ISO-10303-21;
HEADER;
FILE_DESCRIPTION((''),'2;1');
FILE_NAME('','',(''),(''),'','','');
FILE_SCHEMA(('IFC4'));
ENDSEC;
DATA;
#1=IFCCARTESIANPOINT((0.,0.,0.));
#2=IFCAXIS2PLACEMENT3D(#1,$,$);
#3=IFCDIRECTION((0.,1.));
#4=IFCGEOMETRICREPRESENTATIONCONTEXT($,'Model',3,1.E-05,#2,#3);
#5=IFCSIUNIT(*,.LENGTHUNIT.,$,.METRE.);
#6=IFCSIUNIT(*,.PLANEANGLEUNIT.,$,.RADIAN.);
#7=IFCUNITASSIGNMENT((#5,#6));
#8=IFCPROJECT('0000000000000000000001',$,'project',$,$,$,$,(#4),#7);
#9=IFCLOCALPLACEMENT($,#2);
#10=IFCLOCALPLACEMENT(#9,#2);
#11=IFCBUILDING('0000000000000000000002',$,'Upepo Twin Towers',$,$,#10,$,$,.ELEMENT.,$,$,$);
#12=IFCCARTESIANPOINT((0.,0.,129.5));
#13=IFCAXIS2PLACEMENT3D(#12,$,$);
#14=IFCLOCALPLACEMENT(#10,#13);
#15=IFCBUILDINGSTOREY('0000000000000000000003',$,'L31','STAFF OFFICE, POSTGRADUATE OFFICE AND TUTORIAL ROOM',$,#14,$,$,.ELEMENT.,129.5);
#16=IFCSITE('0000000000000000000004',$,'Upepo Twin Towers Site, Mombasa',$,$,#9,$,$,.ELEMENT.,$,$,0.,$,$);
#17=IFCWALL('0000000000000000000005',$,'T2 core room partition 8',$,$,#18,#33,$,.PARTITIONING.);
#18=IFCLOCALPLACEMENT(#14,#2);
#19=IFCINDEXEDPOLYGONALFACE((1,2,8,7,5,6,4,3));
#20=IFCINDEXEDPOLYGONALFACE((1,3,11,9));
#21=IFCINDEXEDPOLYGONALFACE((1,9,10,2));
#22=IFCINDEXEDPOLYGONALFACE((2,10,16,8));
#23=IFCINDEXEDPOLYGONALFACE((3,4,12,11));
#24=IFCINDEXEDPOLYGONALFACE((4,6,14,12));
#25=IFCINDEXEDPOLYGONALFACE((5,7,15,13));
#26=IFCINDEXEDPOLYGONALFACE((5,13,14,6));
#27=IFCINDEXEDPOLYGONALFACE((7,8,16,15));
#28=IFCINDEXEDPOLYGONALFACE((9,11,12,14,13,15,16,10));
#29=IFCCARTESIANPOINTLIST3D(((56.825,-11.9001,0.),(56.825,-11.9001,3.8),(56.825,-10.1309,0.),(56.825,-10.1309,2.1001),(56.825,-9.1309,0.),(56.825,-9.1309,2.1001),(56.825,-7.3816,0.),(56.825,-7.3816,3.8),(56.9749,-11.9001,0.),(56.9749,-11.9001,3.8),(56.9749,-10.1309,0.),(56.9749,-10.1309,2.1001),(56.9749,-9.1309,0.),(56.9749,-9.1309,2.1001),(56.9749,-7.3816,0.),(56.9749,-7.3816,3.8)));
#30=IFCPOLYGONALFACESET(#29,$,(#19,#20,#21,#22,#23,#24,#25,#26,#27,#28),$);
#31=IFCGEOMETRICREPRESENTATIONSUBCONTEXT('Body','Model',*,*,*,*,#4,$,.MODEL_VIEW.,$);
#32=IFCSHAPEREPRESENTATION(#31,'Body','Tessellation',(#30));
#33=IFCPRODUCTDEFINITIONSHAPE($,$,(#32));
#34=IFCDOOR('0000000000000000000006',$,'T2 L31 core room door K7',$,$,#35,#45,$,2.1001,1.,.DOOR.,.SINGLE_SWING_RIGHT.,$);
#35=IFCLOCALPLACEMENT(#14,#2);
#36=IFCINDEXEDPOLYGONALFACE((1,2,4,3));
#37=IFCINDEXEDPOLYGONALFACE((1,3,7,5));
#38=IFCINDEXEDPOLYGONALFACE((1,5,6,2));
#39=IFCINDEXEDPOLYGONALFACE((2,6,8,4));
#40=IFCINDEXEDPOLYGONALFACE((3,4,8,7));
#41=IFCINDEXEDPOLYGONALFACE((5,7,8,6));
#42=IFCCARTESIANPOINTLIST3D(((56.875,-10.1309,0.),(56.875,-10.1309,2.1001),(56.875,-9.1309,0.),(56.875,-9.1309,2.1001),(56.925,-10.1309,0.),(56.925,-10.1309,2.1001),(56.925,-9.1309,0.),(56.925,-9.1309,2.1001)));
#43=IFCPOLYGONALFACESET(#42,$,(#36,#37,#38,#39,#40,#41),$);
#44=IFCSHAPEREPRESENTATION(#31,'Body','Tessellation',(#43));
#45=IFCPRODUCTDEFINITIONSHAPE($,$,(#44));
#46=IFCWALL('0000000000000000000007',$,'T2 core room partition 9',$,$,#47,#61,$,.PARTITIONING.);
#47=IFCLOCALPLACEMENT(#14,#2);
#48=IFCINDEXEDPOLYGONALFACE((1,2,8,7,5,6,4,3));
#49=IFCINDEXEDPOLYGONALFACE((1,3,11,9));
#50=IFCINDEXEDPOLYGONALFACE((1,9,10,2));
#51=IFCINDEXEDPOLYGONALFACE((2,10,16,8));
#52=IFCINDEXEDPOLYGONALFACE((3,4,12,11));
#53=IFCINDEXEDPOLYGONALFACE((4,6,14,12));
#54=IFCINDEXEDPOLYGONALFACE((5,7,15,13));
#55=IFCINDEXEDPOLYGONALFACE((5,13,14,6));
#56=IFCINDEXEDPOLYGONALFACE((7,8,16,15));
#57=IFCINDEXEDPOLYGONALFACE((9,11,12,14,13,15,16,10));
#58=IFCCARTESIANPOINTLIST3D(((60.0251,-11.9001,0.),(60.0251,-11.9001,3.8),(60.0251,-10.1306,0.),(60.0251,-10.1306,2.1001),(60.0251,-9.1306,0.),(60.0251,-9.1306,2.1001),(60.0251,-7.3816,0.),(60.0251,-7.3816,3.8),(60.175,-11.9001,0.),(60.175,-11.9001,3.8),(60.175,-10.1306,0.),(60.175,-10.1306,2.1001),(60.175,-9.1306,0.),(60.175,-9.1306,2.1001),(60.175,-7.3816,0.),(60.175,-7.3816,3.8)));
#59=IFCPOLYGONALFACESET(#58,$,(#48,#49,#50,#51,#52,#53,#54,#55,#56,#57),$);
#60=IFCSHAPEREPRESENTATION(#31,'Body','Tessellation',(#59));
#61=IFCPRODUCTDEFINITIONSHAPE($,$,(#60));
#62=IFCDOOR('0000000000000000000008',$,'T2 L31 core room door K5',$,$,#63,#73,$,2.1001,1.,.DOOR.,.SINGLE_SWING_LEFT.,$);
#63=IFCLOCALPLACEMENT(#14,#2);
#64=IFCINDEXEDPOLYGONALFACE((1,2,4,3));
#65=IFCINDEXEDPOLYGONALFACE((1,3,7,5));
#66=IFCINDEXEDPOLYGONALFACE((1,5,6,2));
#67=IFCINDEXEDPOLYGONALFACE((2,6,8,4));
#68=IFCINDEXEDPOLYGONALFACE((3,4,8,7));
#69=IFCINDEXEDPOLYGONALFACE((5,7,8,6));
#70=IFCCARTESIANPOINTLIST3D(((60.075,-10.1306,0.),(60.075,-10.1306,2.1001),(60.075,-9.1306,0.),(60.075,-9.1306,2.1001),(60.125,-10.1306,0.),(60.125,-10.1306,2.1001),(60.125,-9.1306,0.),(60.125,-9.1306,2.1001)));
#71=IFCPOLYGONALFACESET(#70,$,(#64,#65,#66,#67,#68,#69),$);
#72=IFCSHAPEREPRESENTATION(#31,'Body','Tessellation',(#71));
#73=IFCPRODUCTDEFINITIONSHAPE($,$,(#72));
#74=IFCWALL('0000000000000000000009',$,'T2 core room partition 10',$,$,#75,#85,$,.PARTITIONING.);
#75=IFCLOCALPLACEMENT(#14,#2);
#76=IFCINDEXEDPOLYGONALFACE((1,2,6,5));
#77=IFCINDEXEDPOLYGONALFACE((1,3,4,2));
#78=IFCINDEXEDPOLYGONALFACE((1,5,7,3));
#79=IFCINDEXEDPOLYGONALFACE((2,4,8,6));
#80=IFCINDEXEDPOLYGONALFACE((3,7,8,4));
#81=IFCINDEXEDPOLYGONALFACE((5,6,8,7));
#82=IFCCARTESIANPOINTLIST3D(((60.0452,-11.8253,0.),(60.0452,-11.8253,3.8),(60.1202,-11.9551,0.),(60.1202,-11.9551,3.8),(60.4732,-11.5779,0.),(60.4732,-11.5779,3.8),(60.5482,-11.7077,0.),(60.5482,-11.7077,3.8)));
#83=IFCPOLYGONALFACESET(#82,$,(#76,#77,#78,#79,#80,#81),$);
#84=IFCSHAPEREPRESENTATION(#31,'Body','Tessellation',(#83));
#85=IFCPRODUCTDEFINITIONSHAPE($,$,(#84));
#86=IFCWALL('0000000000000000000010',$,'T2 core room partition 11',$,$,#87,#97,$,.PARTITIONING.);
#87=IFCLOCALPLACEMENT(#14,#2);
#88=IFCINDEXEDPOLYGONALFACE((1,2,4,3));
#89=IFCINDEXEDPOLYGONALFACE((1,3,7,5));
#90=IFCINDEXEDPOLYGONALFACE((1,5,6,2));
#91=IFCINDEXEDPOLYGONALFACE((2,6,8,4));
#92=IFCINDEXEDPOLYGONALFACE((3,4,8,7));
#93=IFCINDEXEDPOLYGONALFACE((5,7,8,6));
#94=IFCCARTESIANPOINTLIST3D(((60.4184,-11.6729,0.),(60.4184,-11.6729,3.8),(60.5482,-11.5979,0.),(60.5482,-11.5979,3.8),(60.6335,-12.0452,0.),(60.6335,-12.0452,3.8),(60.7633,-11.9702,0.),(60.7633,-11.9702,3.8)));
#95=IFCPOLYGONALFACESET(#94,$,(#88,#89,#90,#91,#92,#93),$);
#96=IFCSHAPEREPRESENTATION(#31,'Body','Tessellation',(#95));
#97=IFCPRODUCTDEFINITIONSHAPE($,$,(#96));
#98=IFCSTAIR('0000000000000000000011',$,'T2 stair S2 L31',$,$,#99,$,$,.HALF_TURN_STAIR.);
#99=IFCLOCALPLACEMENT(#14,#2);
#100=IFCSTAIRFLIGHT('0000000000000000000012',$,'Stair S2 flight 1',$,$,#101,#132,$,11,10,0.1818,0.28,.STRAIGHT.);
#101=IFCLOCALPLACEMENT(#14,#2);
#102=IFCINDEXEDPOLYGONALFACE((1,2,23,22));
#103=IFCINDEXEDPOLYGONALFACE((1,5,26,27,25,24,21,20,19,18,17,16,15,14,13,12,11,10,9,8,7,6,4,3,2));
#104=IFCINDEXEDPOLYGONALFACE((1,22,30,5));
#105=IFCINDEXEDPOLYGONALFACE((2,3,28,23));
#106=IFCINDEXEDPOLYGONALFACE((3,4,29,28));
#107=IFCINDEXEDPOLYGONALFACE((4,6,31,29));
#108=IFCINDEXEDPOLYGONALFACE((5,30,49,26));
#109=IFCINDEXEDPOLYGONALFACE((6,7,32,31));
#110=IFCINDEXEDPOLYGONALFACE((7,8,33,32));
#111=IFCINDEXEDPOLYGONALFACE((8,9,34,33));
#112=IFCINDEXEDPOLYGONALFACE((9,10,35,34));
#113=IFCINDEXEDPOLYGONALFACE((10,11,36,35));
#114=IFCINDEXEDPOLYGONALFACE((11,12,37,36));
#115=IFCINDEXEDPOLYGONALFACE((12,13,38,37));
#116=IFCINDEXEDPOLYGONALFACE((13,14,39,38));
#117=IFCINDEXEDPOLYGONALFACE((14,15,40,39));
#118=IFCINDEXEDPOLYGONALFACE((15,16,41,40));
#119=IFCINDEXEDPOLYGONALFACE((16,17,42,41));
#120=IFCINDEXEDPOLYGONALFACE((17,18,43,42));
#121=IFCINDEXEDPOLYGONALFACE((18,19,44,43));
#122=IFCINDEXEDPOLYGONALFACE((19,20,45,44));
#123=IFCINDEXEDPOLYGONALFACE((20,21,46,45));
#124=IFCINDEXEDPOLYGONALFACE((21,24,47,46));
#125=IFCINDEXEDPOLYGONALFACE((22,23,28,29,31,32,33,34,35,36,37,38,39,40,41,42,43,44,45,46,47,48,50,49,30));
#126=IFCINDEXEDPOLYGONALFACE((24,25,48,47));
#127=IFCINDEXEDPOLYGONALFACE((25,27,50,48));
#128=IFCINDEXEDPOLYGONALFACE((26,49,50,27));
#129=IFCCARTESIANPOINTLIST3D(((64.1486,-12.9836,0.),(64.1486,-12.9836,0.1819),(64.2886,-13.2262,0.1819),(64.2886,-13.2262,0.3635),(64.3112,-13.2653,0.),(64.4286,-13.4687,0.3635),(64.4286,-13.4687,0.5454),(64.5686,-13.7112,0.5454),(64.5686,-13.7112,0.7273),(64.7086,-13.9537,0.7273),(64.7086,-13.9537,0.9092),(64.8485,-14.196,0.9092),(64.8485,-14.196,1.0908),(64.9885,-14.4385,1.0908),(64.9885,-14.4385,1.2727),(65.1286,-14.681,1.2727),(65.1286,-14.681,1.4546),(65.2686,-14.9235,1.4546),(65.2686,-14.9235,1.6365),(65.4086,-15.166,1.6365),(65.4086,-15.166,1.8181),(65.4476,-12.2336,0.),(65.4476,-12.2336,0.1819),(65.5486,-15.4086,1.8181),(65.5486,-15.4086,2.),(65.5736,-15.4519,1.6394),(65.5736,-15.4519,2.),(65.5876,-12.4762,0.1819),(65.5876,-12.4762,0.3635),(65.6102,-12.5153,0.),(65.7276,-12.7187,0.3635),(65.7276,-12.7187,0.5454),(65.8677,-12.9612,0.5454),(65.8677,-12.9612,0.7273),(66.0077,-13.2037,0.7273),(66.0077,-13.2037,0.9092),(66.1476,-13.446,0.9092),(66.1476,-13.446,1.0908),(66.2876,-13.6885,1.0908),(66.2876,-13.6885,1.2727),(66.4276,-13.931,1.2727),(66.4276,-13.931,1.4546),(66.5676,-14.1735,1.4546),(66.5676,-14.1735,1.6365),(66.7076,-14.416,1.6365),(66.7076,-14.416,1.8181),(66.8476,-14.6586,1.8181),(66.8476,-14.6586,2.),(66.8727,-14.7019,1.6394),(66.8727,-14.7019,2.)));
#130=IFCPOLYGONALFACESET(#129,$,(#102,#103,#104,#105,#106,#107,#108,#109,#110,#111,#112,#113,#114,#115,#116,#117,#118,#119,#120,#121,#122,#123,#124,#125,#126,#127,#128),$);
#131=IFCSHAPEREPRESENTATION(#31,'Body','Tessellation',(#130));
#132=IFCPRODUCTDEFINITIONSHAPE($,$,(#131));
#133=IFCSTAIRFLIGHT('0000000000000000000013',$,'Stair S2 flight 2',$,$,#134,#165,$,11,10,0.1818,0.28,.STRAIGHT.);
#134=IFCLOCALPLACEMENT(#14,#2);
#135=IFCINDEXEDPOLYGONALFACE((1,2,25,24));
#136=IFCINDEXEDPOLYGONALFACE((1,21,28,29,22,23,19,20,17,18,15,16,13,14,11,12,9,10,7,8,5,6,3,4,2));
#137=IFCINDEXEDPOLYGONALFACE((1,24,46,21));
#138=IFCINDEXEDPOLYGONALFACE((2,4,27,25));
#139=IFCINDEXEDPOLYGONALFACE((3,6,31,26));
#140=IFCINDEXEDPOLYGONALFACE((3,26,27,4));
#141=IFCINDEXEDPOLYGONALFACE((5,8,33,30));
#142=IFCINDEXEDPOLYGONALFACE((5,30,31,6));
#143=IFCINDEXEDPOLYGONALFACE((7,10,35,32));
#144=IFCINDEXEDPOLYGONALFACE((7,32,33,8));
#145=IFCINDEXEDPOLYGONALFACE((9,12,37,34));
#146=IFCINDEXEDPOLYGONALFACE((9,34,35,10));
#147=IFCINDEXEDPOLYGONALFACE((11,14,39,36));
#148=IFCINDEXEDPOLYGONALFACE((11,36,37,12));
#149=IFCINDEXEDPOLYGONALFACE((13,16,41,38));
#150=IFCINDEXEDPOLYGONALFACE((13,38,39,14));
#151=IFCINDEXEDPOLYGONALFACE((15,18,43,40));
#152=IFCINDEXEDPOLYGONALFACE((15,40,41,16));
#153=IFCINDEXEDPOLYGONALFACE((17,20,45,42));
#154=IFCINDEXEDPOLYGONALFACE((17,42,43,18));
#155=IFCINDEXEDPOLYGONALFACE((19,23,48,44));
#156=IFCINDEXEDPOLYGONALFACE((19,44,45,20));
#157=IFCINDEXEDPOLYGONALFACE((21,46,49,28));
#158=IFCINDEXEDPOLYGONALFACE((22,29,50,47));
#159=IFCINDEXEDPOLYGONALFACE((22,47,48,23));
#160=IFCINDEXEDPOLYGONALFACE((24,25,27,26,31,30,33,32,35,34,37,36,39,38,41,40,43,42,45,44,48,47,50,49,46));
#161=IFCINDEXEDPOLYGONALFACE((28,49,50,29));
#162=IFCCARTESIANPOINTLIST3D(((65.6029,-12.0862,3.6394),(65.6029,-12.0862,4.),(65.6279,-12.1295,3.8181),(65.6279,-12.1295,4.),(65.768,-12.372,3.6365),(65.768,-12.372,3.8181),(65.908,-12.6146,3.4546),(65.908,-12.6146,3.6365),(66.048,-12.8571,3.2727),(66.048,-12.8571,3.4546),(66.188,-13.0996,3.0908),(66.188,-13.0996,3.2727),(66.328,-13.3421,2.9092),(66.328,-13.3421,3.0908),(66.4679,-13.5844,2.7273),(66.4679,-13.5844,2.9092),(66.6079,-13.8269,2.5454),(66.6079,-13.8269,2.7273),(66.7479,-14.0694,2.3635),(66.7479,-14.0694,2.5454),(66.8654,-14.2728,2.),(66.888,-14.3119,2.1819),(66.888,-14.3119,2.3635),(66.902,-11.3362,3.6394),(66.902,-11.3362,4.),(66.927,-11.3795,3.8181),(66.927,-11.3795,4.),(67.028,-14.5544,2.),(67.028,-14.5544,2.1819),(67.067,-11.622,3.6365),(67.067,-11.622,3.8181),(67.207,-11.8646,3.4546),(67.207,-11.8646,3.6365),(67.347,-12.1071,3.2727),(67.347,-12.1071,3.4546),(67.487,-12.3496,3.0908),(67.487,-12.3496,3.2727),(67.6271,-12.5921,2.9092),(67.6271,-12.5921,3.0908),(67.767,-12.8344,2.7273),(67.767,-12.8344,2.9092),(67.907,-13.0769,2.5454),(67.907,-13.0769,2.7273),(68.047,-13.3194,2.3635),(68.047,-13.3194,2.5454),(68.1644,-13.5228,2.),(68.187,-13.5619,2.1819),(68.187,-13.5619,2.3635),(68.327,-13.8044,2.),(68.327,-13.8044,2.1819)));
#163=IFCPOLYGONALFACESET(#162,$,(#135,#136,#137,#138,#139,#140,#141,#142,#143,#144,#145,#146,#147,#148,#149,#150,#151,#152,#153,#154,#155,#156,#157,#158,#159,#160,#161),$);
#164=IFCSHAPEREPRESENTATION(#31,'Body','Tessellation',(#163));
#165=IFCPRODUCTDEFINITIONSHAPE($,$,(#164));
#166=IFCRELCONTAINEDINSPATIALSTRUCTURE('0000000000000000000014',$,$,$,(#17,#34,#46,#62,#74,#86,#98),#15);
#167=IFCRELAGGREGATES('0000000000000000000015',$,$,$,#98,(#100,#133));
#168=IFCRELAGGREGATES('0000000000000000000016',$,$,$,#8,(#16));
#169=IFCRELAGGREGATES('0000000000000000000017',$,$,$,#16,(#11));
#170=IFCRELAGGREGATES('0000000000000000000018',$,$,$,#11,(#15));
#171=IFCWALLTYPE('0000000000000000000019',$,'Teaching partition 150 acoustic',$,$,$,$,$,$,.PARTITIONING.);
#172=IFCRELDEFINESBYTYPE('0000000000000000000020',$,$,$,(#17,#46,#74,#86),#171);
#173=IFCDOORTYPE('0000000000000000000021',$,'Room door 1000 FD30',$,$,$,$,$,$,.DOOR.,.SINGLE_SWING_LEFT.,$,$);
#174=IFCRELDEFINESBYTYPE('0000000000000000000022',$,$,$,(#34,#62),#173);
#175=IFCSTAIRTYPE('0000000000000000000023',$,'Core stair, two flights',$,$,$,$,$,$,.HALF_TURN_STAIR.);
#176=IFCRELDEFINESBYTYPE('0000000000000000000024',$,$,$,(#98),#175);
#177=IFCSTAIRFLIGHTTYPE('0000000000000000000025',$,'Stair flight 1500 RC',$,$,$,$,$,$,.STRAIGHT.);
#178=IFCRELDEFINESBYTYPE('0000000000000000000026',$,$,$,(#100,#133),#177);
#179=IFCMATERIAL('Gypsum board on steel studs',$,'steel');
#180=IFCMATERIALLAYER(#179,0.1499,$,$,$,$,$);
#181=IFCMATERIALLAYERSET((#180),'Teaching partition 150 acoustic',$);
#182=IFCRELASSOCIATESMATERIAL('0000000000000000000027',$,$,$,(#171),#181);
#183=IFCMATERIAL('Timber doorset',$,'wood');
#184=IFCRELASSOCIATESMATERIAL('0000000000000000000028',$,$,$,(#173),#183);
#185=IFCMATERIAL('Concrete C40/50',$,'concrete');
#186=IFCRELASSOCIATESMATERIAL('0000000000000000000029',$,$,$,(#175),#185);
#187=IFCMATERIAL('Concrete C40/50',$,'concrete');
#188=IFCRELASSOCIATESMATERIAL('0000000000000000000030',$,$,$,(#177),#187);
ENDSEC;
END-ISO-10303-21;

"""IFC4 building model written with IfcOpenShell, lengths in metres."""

from ifc_helpers import new_model, si_unit, direction, frame, frame_2d, origin, place, context, subcontext, project, spatial, polyline, rectangle, outline, extrude, material, layer, layer_set, type_object, element, fill, aggregate, save


model = new_model("IFC4")

# Units and contexts
model_context = context("Model", 3, precision=1e-05, world=origin(), true_north=direction((0.0, 1.0)))
body_context = subcontext(model_context, "Body", "Model", "MODEL_VIEW")
ifc_project = project(units=[si_unit("LENGTHUNIT", "METRE"), si_unit("PLANEANGLEUNIT", "RADIAN")], contexts=[model_context])

# Site, building, storey
site_placement = place(None, origin())
site = spatial("IfcSite", under=ifc_project, at=site_placement, Name="Upepo Twin Towers Site, Mombasa", CompositionType="ELEMENT", RefElevation=0.0)
building_placement = place(site_placement, origin())
building = spatial("IfcBuilding", under=site, at=building_placement, Name="Upepo Twin Towers", CompositionType="ELEMENT")
storey_placement = place(building_placement, frame((0.0, 0.0, 129.5)))
storey = spatial("IfcBuildingStorey", under=building, at=storey_placement, Name="L31", Description="STAFF OFFICE, POSTGRADUATE OFFICE AND TUTORIAL ROOM", CompositionType="ELEMENT", Elevation=129.5)

# Walls, openings, doors
ifc_material_1 = material(Name="Gypsum board on steel studs", Category="steel")
ifc_layer_1 = layer(ifc_material_1, 0.1499)
ifc_layer_set_1 = layer_set([ifc_layer_1], Name="Teaching partition 150 acoustic")
wall_type_1 = type_object("IfcWallType", Name="Teaching partition 150 acoustic", PredefinedType="PARTITIONING", material=ifc_layer_set_1)
wall_1_placement = place(storey_placement, frame((56.8999, -11.9001, 0.0), z_axis=(0.0, 0.0, 1.0), x_axis=(0.0, 1.0, 0.0)))
wall_1 = element("IfcWall", 1, at=wall_1_placement, inside=storey, type_object=wall_type_1, Name="T2 core room partition 8", PredefinedType="PARTITIONING", context=body_context, shape_type="SweptSolid", body=[
    extrude(rectangle(XDim=4.5186, YDim=0.1499, at=frame_2d((2.2593, 0.0))), origin(), (0.0, 0.0, 1.0), 3.8),
])
opening_1_placement = place(wall_1_placement, frame((1.7693, 0.0, 0.0)))
opening_1 = element("IfcOpeningElement", 2, at=opening_1_placement, cuts=wall_1, PredefinedType="OPENING", context=body_context, shape_type="SweptSolid", body=[
    extrude(rectangle(XDim=1.0, YDim=2.1001, at=frame_2d((0.5, 1.05))), frame((0.0, 0.085, 0.0), z_axis=(0.0, -1.0, 0.0), x_axis=(1.0, 0.0, 0.0)), (0.0, 0.0, 1.0), 0.1699),
])
ifc_material_2 = material(Name="Timber doorset", Category="wood")
door_type_1 = type_object("IfcDoorType", Name="Room door 1000 FD30", OperationType="SINGLE_SWING_LEFT", PredefinedType="DOOR", material=ifc_material_2)
door_1_placement = place(opening_1_placement, origin())
door_1 = element("IfcDoor", 3, at=door_1_placement, inside=storey, type_object=door_type_1, Name="T2 L31 core room door K7", OperationType="SINGLE_SWING_RIGHT", OverallHeight=2.1001, OverallWidth=1.0, PredefinedType="DOOR", context=body_context, shape_type="SweptSolid", body=[
    extrude(rectangle(XDim=1.0, YDim=2.1001, at=frame_2d((0.5, 1.05))), frame((0.0, 0.0249, 0.0), z_axis=(0.0, -1.0, 0.0), x_axis=(1.0, 0.0, 0.0)), (0.0, 0.0, 1.0), 0.05),
])
fill(opening_1, door_1)
wall_2_placement = place(storey_placement, frame((60.1001, -7.3816, 0.0), z_axis=(0.0, 0.0, 1.0), x_axis=(0.0, -1.0, 0.0)))
wall_2 = element("IfcWall", 4, at=wall_2_placement, inside=storey, type_object=wall_type_1, Name="T2 core room partition 9", PredefinedType="PARTITIONING", context=body_context, shape_type="SweptSolid", body=[
    extrude(rectangle(XDim=4.5186, YDim=0.1499, at=frame_2d((2.2593, 0.0))), origin(), (0.0, 0.0, 1.0), 3.8),
])
opening_2_placement = place(wall_2_placement, frame((1.749, 0.0, 0.0)))
opening_2 = element("IfcOpeningElement", 5, at=opening_2_placement, cuts=wall_2, PredefinedType="OPENING", context=body_context, shape_type="SweptSolid", body=[
    extrude(rectangle(XDim=1.0, YDim=2.1001, at=frame_2d((0.5, 1.05))), frame((0.0, 0.085, 0.0), z_axis=(0.0, -1.0, 0.0), x_axis=(1.0, 0.0, 0.0)), (0.0, 0.0, 1.0), 0.1699),
])
door_2_placement = place(opening_2_placement, origin())
door_2 = element("IfcDoor", 6, at=door_2_placement, inside=storey, type_object=door_type_1, Name="T2 L31 core room door K5", OperationType="SINGLE_SWING_LEFT", OverallHeight=2.1001, OverallWidth=1.0, PredefinedType="DOOR", context=body_context, shape_type="SweptSolid", body=[
    extrude(rectangle(XDim=1.0, YDim=2.1001, at=frame_2d((0.5, 1.05))), frame((0.0, 0.0249, 0.0), z_axis=(0.0, -1.0, 0.0), x_axis=(1.0, 0.0, 0.0)), (0.0, 0.0, 1.0), 0.05),
])
fill(opening_2, door_2)

# Walls
wall_3_placement = place(storey_placement, frame((60.0828, -11.8901, 0.0), z_axis=(0.0, 0.0, 1.0), x_axis=(0.865832, 0.500335, 0.0)))
element("IfcWall", 7, at=wall_3_placement, inside=storey, type_object=wall_type_1, Name="T2 core room partition 10", PredefinedType="PARTITIONING", context=body_context, shape_type="SweptSolid", body=[
    extrude(rectangle(XDim=0.4944, YDim=0.1499, at=frame_2d((0.2471, 0.0))), origin(), (0.0, 0.0, 1.0), 3.8),
])
wall_4_placement = place(storey_placement, frame((60.4834, -11.6355, 0.0), z_axis=(0.0, 0.0, 1.0), x_axis=(0.50023, -0.865892, 0.0)))
element("IfcWall", 8, at=wall_4_placement, inside=storey, type_object=wall_type_1, Name="T2 core room partition 11", PredefinedType="PARTITIONING", context=body_context, shape_type="SweptSolid", body=[
    extrude(rectangle(XDim=0.4299, YDim=0.1499, at=frame_2d((0.2148, 0.0))), origin(), (0.0, 0.0, 1.0), 3.8),
])

# Stair, stair flights
ifc_material_3 = material(Name="Concrete C40/50", Category="concrete")
stair_type = type_object("IfcStairType", Name="Core stair, two flights", PredefinedType="HALF_TURN_STAIR", material=ifc_material_3)
stair_placement = place(storey_placement, origin())
stair = element("IfcStair", 9, at=stair_placement, inside=storey, type_object=stair_type, Name="T2 stair S2 L31", PredefinedType="HALF_TURN_STAIR")
ifc_material_4 = material(Name="Concrete C40/50", Category="concrete")
stair_flight_type = type_object("IfcStairFlightType", Name="Stair flight 1500 RC", PredefinedType="STRAIGHT", material=ifc_material_4)
stair_flight_1_placement = place(storey_placement, frame((64.7981, -12.6086, 0.0), z_axis=(0.0, 0.0, 1.0), x_axis=(0.5, -0.866025, 0.0)))
stair_flight_1 = element("IfcStairFlight", 10, at=stair_flight_1_placement, type_object=stair_flight_type, Name="Stair S2 flight 1", NumberOfRisers=11, NumberOfTreads=10, PredefinedType="STRAIGHT", RiserHeight=0.1818, TreadLength=0.28, context=body_context, shape_type="SweptSolid", body=[
    extrude(outline(polyline([(0.0, 0.0), (0.0, 0.1819), (0.28, 0.1819), (0.28, 0.3635), (0.5601, 0.3635), (0.5601, 0.5454), (0.8401, 0.5454), (0.8401, 0.7273), (1.1201, 0.7273), (1.1201, 0.9092), (1.3999, 0.9092), (1.3999, 1.0908), (1.6799, 1.0908), (1.6799, 1.2727), (1.96, 1.2727), (1.96, 1.4546), (2.24, 1.4546), (2.24, 1.6365), (2.52, 1.6365), (2.52, 1.8181), (2.8, 1.8181), (2.8, 2.0), (2.8501, 2.0), (2.8501, 1.6394), (0.3252, 0.0), (0.0, 0.0)])), frame((0.0, 0.75, 0.0), z_axis=(0.0, -1.0, 0.0), x_axis=(1.0, 0.0, 0.0)), (0.0, 0.0, 1.0), 1.5),
])
stair_flight_2_placement = place(storey_placement, frame((67.6775, -14.1794, 2.0), z_axis=(0.0, 0.0, 1.0), x_axis=(-0.5, 0.866025, 0.0)))
stair_flight_2 = element("IfcStairFlight", 11, at=stair_flight_2_placement, type_object=stair_flight_type, Name="Stair S2 flight 2", NumberOfRisers=11, NumberOfTreads=10, PredefinedType="STRAIGHT", RiserHeight=0.1818, TreadLength=0.28, context=body_context, shape_type="SweptSolid", body=[
    extrude(outline(polyline([(0.0, 0.0), (0.0, 0.1819), (0.28, 0.1819), (0.28, 0.3635), (0.5601, 0.3635), (0.5601, 0.5454), (0.8401, 0.5454), (0.8401, 0.7273), (1.1201, 0.7273), (1.1201, 0.9092), (1.3999, 0.9092), (1.3999, 1.0908), (1.6799, 1.0908), (1.6799, 1.2727), (1.96, 1.2727), (1.96, 1.4546), (2.24, 1.4546), (2.24, 1.6365), (2.52, 1.6365), (2.52, 1.8181), (2.8, 1.8181), (2.8, 2.0), (2.8501, 2.0), (2.8501, 1.6394), (0.3252, 0.0), (0.0, 0.0)])), frame((0.0, 0.75, 0.0), z_axis=(0.0, -1.0, 0.0), x_axis=(1.0, 0.0, 0.0)), (0.0, 0.0, 1.0), 1.5),
])
aggregate(stair, [stair_flight_1, stair_flight_2])

save(model, "model.ifc")
